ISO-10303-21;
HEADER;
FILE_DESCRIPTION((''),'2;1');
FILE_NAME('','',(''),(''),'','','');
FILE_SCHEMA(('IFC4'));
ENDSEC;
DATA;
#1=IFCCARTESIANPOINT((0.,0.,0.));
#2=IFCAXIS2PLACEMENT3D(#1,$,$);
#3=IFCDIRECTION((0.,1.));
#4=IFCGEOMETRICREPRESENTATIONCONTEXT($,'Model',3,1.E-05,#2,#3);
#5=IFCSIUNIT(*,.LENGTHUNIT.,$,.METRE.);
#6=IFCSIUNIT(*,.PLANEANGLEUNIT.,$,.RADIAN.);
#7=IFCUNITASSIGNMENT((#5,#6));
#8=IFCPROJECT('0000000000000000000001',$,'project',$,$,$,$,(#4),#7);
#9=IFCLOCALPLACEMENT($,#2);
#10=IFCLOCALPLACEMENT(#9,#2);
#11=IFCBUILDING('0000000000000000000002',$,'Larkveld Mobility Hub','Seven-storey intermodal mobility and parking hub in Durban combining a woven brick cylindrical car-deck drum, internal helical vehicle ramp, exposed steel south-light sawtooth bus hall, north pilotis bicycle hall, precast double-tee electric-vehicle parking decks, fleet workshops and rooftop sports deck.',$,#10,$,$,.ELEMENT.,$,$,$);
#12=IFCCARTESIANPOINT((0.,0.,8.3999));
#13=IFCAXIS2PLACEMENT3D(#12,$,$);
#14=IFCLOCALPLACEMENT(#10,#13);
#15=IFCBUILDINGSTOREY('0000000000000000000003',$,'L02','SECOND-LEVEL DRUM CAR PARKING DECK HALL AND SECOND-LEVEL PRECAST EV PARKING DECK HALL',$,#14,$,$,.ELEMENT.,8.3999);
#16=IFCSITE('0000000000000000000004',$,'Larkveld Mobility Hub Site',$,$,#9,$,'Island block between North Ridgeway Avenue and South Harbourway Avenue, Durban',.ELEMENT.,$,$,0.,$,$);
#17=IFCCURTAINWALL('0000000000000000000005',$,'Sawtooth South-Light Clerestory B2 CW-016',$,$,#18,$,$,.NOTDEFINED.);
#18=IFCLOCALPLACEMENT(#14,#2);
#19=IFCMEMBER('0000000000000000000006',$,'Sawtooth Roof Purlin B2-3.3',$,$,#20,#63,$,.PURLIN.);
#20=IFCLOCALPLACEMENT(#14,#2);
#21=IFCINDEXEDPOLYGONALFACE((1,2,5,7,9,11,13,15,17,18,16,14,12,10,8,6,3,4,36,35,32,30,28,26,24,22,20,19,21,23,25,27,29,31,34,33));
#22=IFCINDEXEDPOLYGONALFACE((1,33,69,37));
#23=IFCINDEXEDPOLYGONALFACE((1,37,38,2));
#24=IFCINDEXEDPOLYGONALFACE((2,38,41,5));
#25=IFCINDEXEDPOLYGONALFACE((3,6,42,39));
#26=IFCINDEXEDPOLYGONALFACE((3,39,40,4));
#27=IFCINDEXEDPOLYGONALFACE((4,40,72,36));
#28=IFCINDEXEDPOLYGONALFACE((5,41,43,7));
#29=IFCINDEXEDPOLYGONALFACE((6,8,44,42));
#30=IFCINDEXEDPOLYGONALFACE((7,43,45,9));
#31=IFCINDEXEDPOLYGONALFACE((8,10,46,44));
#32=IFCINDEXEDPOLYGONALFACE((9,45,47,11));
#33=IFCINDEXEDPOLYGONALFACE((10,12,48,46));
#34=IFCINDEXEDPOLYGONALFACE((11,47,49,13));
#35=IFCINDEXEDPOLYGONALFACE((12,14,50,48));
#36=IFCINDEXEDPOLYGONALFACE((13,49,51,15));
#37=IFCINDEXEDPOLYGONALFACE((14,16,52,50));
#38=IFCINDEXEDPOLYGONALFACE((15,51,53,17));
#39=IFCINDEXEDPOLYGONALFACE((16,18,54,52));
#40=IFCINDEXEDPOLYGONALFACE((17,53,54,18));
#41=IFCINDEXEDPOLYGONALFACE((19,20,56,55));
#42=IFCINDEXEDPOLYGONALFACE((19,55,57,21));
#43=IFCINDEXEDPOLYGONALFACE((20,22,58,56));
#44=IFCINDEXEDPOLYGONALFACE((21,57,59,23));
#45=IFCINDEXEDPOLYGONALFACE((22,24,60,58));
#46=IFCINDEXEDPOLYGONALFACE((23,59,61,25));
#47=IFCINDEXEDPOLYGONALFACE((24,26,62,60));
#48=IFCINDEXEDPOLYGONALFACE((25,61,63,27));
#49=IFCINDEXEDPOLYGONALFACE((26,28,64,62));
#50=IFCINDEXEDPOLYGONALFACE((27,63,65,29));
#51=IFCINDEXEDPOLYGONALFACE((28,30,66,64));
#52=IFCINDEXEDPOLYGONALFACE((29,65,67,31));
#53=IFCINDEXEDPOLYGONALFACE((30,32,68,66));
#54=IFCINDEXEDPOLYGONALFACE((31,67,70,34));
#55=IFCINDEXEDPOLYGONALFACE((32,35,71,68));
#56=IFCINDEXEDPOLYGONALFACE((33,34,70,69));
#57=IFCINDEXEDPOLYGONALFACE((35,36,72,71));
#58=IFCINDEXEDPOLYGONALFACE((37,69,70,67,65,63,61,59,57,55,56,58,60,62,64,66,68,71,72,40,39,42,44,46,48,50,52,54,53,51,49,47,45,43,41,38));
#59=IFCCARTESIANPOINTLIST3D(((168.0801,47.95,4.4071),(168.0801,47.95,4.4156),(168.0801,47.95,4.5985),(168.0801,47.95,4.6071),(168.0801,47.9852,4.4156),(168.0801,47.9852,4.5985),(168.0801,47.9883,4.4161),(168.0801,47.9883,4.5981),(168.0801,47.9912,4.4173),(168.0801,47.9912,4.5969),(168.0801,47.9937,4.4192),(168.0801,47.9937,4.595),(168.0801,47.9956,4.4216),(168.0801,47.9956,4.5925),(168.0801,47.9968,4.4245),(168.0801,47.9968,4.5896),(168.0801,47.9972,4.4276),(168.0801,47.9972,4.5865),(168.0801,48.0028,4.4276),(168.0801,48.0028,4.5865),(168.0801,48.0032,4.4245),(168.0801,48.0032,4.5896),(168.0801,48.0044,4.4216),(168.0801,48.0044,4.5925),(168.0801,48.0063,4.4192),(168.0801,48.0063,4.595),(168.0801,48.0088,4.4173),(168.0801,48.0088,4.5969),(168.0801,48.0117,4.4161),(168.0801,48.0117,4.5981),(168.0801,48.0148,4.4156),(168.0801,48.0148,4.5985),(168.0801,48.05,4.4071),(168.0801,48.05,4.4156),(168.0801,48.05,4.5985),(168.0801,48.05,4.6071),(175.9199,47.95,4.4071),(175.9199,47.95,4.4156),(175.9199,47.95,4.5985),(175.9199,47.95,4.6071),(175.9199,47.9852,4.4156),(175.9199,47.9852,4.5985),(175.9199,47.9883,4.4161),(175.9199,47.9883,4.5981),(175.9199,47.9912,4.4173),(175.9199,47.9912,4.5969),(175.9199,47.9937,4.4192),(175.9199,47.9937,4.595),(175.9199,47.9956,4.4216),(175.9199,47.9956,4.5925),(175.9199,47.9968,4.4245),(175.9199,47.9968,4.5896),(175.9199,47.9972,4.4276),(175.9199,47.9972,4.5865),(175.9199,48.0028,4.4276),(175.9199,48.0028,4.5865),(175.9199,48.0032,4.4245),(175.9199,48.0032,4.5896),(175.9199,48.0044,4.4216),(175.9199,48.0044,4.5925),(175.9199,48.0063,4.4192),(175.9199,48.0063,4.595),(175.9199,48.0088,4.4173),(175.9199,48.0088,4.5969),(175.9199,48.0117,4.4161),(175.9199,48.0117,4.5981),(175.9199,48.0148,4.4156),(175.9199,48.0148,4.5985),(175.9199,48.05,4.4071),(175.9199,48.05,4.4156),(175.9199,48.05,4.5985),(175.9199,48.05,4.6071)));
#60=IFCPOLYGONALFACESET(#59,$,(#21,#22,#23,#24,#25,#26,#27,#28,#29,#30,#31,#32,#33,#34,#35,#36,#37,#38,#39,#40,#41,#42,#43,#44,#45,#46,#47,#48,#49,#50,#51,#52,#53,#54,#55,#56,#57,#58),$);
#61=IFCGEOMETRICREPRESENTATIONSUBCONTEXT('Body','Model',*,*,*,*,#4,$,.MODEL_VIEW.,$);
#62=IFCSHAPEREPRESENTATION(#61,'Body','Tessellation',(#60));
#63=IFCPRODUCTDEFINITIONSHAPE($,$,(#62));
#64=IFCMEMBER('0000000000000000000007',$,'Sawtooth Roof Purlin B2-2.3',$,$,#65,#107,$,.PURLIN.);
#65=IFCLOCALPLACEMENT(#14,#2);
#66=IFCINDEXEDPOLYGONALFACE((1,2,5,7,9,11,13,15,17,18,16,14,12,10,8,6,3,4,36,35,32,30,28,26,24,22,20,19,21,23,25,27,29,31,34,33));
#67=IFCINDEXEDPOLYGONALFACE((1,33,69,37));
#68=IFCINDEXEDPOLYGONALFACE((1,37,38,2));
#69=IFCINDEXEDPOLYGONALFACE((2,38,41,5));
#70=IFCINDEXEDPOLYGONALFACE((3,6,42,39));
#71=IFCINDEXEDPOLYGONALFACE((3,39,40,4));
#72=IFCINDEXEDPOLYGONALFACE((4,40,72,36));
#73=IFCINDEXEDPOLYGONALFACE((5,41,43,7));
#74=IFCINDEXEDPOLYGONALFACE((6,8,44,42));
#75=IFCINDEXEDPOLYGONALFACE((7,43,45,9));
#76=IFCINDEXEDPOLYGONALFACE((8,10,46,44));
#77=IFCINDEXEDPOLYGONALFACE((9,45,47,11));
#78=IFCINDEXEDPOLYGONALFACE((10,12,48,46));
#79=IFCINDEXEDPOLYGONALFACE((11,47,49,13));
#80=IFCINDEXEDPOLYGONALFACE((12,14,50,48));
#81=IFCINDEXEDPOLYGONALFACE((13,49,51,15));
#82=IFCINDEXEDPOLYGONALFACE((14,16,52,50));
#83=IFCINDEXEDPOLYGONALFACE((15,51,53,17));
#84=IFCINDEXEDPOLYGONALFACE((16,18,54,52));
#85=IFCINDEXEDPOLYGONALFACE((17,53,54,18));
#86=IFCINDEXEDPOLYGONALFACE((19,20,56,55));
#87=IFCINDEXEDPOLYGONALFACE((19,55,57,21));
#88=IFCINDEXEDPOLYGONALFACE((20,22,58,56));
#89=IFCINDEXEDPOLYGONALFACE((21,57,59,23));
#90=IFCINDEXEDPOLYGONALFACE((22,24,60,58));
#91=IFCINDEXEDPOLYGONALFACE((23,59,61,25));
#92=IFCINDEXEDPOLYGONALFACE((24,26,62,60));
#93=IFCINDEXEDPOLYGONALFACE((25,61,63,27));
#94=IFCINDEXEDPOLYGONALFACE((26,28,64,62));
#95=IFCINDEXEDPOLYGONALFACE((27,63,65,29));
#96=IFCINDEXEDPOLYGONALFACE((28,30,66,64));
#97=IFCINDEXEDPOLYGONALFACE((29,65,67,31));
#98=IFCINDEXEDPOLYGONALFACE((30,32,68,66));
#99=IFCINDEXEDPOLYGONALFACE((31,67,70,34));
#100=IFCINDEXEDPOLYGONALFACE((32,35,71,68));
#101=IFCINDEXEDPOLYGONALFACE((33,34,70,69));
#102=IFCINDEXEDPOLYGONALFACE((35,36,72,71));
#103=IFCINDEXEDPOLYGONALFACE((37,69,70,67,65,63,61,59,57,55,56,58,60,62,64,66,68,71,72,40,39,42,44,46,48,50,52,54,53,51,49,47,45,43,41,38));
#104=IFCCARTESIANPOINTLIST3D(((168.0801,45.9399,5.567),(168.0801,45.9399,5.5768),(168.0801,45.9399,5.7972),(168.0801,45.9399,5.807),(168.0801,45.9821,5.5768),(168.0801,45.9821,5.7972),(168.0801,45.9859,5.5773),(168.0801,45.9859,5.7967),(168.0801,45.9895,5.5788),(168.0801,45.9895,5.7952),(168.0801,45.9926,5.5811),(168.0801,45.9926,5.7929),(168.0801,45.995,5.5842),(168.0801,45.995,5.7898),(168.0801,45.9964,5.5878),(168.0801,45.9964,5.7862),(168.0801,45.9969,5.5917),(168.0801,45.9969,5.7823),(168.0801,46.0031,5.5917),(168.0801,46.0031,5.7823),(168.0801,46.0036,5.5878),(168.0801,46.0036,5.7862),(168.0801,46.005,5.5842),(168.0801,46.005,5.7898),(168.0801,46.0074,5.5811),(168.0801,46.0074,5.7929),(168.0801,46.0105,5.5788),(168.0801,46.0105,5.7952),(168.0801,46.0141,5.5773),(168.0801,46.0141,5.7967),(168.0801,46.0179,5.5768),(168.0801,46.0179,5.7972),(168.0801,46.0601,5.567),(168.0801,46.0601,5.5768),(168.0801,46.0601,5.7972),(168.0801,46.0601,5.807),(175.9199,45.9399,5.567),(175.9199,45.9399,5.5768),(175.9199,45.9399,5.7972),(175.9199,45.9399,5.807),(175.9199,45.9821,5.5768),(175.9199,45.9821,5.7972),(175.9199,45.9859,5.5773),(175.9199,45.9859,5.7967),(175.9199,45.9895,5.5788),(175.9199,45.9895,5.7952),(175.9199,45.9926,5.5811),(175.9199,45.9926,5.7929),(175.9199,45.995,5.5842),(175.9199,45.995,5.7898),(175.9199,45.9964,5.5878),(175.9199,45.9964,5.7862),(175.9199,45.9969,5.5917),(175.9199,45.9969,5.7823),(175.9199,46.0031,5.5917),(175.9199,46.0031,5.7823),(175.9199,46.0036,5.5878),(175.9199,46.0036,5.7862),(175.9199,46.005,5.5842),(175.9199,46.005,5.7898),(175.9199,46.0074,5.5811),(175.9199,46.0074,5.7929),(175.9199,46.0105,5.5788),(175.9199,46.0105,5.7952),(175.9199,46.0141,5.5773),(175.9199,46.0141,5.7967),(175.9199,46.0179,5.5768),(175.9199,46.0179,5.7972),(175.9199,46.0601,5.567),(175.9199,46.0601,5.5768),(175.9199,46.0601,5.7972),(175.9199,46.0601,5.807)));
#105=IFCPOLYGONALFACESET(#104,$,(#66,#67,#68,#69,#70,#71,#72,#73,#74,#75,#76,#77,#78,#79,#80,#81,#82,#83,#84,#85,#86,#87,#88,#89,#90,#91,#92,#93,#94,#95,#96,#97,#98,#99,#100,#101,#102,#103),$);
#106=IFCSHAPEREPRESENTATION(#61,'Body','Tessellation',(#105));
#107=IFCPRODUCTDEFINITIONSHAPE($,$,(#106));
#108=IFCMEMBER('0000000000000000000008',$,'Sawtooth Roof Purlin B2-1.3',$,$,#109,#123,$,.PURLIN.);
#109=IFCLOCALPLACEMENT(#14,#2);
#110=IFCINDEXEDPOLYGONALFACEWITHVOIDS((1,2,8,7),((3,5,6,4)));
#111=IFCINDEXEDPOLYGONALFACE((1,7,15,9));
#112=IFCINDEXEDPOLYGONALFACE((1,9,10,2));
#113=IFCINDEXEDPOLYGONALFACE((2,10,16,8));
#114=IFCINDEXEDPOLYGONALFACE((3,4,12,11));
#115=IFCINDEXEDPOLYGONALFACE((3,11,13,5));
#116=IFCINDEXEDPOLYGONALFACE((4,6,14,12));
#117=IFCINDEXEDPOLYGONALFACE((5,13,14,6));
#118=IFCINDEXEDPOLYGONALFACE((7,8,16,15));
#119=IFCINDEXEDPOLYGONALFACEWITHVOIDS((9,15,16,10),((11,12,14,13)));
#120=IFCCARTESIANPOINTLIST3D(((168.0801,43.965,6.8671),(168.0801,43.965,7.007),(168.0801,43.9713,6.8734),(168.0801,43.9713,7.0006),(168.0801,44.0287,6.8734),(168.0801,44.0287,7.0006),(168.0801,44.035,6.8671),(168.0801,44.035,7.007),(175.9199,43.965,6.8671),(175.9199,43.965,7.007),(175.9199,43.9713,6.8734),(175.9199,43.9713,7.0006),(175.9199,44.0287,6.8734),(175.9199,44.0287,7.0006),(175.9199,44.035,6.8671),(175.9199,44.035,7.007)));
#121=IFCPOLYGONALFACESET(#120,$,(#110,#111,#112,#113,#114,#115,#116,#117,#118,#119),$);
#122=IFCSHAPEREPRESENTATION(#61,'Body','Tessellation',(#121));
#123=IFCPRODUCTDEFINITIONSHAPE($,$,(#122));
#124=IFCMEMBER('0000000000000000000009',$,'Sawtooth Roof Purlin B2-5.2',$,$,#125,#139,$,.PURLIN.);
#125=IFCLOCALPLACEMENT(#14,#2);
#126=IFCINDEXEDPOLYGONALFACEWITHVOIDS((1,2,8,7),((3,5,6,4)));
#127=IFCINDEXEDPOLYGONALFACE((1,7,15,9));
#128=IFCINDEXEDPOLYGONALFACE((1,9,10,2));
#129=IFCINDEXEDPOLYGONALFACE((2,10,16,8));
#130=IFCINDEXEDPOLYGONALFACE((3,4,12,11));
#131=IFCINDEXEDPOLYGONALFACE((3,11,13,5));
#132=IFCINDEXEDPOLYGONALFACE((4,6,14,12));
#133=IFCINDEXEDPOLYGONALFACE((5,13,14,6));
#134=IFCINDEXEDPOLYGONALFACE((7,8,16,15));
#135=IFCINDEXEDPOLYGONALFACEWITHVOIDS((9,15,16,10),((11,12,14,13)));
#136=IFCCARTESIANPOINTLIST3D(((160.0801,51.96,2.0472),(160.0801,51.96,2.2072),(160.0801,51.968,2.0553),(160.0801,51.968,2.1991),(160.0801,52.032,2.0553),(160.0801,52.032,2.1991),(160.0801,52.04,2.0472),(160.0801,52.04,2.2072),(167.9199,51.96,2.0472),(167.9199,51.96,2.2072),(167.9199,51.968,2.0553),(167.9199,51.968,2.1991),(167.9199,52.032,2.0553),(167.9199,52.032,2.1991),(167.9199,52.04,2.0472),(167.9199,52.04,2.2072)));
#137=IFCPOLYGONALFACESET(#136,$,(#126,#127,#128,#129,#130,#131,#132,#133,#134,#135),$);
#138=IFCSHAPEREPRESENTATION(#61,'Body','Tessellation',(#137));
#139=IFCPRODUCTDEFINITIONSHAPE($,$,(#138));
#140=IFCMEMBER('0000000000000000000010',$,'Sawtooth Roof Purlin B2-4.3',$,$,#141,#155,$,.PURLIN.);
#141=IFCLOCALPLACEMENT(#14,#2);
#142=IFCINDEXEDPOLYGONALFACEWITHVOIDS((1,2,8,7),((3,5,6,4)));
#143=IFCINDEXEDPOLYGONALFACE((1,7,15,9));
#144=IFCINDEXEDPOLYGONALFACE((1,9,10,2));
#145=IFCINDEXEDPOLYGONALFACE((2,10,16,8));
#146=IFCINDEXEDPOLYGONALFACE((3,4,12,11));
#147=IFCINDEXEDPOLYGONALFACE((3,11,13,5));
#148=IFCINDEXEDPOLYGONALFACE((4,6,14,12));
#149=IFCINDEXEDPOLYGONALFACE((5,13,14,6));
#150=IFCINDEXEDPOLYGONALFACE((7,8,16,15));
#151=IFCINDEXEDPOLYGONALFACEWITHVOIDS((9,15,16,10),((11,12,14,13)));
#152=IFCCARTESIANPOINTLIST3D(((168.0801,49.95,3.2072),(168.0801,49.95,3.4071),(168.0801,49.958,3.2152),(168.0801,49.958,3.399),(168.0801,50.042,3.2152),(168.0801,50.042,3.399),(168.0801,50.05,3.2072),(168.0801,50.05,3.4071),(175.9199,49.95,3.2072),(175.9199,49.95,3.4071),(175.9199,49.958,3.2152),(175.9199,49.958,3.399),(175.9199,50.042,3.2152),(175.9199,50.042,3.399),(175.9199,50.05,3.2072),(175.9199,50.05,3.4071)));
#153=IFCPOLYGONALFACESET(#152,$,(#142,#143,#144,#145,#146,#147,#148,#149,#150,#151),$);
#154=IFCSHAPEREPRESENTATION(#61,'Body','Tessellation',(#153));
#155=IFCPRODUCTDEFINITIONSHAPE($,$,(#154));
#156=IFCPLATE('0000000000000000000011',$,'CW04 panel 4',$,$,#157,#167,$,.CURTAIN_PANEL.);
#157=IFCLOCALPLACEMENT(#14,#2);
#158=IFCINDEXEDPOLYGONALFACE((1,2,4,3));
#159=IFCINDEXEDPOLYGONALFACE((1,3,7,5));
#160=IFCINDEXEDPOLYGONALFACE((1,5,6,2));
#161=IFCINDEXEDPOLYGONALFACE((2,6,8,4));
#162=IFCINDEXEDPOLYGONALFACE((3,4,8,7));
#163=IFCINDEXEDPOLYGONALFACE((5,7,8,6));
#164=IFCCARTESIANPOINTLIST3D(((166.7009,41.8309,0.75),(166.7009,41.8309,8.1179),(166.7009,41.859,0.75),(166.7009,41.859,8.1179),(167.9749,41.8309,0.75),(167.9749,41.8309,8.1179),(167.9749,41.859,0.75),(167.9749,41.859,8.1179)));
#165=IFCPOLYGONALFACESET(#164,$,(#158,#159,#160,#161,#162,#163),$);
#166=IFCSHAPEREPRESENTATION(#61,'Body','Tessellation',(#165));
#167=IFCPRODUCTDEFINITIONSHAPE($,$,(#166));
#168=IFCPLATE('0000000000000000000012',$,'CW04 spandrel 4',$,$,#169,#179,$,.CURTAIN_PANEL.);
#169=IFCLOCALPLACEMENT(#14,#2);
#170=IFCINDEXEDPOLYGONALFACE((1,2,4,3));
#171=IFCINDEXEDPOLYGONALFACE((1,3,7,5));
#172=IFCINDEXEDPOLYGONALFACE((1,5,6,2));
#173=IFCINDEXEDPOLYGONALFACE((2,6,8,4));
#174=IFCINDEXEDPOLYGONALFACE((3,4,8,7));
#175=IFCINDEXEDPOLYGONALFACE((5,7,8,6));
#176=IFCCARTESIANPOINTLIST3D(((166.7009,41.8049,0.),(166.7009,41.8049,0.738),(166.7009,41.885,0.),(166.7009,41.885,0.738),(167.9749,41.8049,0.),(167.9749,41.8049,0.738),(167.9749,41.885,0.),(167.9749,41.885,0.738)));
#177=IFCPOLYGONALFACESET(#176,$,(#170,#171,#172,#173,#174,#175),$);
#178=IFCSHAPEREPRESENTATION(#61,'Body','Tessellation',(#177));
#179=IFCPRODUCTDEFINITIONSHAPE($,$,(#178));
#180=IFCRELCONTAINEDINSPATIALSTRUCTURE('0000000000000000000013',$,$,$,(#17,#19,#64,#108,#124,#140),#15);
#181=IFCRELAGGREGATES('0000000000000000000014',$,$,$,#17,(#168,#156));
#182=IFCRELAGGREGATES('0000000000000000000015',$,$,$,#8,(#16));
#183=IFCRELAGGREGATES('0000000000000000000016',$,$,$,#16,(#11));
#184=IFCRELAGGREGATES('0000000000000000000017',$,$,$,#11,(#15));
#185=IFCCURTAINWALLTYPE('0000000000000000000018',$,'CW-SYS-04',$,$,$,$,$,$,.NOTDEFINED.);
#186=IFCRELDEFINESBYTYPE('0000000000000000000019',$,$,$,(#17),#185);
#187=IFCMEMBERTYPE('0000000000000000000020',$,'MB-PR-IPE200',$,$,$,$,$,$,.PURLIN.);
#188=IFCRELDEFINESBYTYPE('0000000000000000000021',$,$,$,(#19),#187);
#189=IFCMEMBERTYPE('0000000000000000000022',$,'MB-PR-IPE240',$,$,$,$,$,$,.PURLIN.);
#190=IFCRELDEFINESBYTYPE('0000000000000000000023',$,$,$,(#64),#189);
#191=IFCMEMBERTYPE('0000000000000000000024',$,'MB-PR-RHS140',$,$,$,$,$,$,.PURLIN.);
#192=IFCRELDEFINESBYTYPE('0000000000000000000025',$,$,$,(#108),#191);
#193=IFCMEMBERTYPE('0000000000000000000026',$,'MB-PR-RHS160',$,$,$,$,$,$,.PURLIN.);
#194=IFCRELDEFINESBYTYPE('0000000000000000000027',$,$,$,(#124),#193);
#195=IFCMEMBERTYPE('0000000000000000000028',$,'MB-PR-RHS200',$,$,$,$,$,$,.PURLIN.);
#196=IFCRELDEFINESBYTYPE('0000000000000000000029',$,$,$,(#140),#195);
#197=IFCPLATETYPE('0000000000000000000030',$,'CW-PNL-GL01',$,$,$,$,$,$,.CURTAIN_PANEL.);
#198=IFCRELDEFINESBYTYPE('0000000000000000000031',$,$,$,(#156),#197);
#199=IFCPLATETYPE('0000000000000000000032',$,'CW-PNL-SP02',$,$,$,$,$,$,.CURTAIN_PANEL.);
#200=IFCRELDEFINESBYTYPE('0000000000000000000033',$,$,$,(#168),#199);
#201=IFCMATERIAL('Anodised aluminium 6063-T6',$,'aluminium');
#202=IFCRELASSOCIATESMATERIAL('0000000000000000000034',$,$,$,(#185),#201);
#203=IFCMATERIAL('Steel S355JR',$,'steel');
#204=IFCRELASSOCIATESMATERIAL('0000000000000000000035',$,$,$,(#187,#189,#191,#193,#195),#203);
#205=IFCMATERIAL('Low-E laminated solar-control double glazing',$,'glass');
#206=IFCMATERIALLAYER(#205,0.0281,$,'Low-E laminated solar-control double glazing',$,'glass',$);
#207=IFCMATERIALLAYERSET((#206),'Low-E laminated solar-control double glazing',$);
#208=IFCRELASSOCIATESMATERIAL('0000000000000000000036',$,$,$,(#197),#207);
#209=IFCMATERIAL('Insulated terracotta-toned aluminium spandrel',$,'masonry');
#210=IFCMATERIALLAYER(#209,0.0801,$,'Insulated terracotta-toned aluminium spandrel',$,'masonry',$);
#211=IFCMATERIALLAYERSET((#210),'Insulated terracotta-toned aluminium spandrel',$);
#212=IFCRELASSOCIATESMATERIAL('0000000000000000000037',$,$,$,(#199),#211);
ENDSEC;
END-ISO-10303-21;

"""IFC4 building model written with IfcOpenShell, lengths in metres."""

from ifc_helpers import new_model, si_unit, direction, frame, origin, origin_2d, place, context, subcontext, project, spatial, rectangle, hollow_rectangle, i_section, extrude, material, layer, layer_set, material_profile, profile_set, type_object, element, aggregate, save


model = new_model("IFC4")

# Units and contexts
model_context = context("Model", 3, precision=1e-05, world=origin(), true_north=direction((0.0, 1.0)))
body_context = subcontext(model_context, "Body", "Model", "MODEL_VIEW")
ifc_project = project(units=[si_unit("LENGTHUNIT", "METRE"), si_unit("PLANEANGLEUNIT", "RADIAN")], contexts=[model_context])

# Site, building, storey
site_placement = place(None, origin())
site = spatial("IfcSite", under=ifc_project, at=site_placement, Name="Larkveld Mobility Hub Site", LongName="Island block between North Ridgeway Avenue and South Harbourway Avenue, Durban", CompositionType="ELEMENT", RefElevation=0.0)
building_placement = place(site_placement, origin())
building = spatial("IfcBuilding", under=site, at=building_placement, Name="Larkveld Mobility Hub", Description="Seven-storey intermodal mobility and parking hub in Durban combining a woven brick cylindrical car-deck drum, internal helical vehicle ramp, exposed steel south-light sawtooth bus hall, north pilotis bicycle hall, precast double-tee electric-vehicle parking decks, fleet workshops and rooftop sports deck.", CompositionType="ELEMENT")
storey_placement = place(building_placement, frame((0.0, 0.0, 8.3999)))
storey = spatial("IfcBuildingStorey", under=building, at=storey_placement, Name="L02", Description="SECOND-LEVEL DRUM CAR PARKING DECK HALL AND SECOND-LEVEL PRECAST EV PARKING DECK HALL", CompositionType="ELEMENT", Elevation=8.3999)

# Curtain wall
ifc_material_1 = material(Name="Anodised aluminium 6063-T6", Category="aluminium")
curtain_wall_type_1 = type_object("IfcCurtainWallType", Name="CW-SYS-04", PredefinedType="NOTDEFINED", material=ifc_material_1)
curtain_wall_1_placement = place(storey_placement, origin())
curtain_wall_1 = element("IfcCurtainWall", 1, at=curtain_wall_1_placement, inside=storey, type_object=curtain_wall_type_1, Name="Sawtooth South-Light Clerestory B2 CW-016", PredefinedType="NOTDEFINED")

# Members
ifc_material_2 = material(Name="Steel S355JR", Category="steel")
ifc_material_profile_1 = material_profile(ifc_material_2, i_section(OverallWidth=0.1001, OverallDepth=0.2, WebThickness=0.0056, FlangeThickness=0.0085, FilletRadius=0.012, at=origin_2d()), Name="IPE 200")
ifc_profile_set_1 = profile_set([ifc_material_profile_1], Name="Steel S355JR")
member_type_1 = type_object("IfcMemberType", Name="MB-PR-IPE200", PredefinedType="PURLIN", material=ifc_profile_set_1)
member_1_placement = place(storey_placement, frame((168.0801, 48.0, 4.5071), z_axis=(1.0, 0.0, 0.0), x_axis=(0.0, 1.0, 0.0)))
element("IfcMember", 2, at=member_1_placement, inside=storey, type_object=member_type_1, Name="Sawtooth Roof Purlin B2-3.3", PredefinedType="PURLIN", context=body_context, shape_type="SweptSolid", body=[
    extrude(i_section(OverallWidth=0.1001, OverallDepth=0.2, WebThickness=0.0056, FlangeThickness=0.0085, FilletRadius=0.012, at=origin_2d()), origin(), (0.0, 0.0, 1.0), 7.8398),
])
ifc_material_profile_2 = material_profile(ifc_material_2, i_section(OverallWidth=0.1201, OverallDepth=0.24, WebThickness=0.0061, FlangeThickness=0.0098, FilletRadius=0.0149, at=origin_2d()), Name="IPE 240")
ifc_profile_set_2 = profile_set([ifc_material_profile_2], Name="Steel S355JR")
member_type_2 = type_object("IfcMemberType", Name="MB-PR-IPE240", PredefinedType="PURLIN", material=ifc_profile_set_2)
member_2_placement = place(storey_placement, frame((168.0801, 46.0, 5.687), z_axis=(1.0, 0.0, 0.0), x_axis=(0.0, 1.0, 0.0)))
element("IfcMember", 3, at=member_2_placement, inside=storey, type_object=member_type_2, Name="Sawtooth Roof Purlin B2-2.3", PredefinedType="PURLIN", context=body_context, shape_type="SweptSolid", body=[
    extrude(i_section(OverallWidth=0.1201, OverallDepth=0.24, WebThickness=0.0061, FlangeThickness=0.0098, FilletRadius=0.0149, at=origin_2d()), origin(), (0.0, 0.0, 1.0), 7.8398),
])
ifc_material_profile_3 = material_profile(ifc_material_2, hollow_rectangle(XDim=0.0701, YDim=0.1399, WallThickness=0.0063, at=origin_2d()), Name="RHS 140x70x6.3")
ifc_profile_set_3 = profile_set([ifc_material_profile_3], Name="Steel S355JR")
member_type_3 = type_object("IfcMemberType", Name="MB-PR-RHS140", PredefinedType="PURLIN", material=ifc_profile_set_3)
member_3_placement = place(storey_placement, frame((168.0801, 44.0, 6.937), z_axis=(1.0, 0.0, 0.0), x_axis=(0.0, 1.0, 0.0)))
element("IfcMember", 4, at=member_3_placement, inside=storey, type_object=member_type_3, Name="Sawtooth Roof Purlin B2-1.3", PredefinedType="PURLIN", context=body_context, shape_type="SweptSolid", body=[
    extrude(hollow_rectangle(XDim=0.0701, YDim=0.1399, WallThickness=0.0063, at=origin_2d()), origin(), (0.0, 0.0, 1.0), 7.8398),
])
ifc_material_profile_4 = material_profile(ifc_material_2, hollow_rectangle(XDim=0.0801, YDim=0.1599, WallThickness=0.0081, at=origin_2d()), Name="RHS 160x80x8")
ifc_profile_set_4 = profile_set([ifc_material_profile_4], Name="Steel S355JR")
member_type_4 = type_object("IfcMemberType", Name="MB-PR-RHS160", PredefinedType="PURLIN", material=ifc_profile_set_4)
member_4_placement = place(storey_placement, frame((160.0801, 52.0, 2.1272), z_axis=(1.0, 0.0, 0.0), x_axis=(0.0, 1.0, 0.0)))
element("IfcMember", 5, at=member_4_placement, inside=storey, type_object=member_type_4, Name="Sawtooth Roof Purlin B2-5.2", PredefinedType="PURLIN", context=body_context, shape_type="SweptSolid", body=[
    extrude(hollow_rectangle(XDim=0.0801, YDim=0.1599, WallThickness=0.0081, at=origin_2d()), origin(), (0.0, 0.0, 1.0), 7.8398),
])
ifc_material_profile_5 = material_profile(ifc_material_2, hollow_rectangle(XDim=0.1001, YDim=0.2, WallThickness=0.0081, at=origin_2d()), Name="RHS 200x100x8")
ifc_profile_set_5 = profile_set([ifc_material_profile_5], Name="Steel S355JR")
member_type_5 = type_object("IfcMemberType", Name="MB-PR-RHS200", PredefinedType="PURLIN", material=ifc_profile_set_5)
member_5_placement = place(storey_placement, frame((168.0801, 50.0, 3.3071), z_axis=(1.0, 0.0, 0.0), x_axis=(0.0, 1.0, 0.0)))
element("IfcMember", 6, at=member_5_placement, inside=storey, type_object=member_type_5, Name="Sawtooth Roof Purlin B2-4.3", PredefinedType="PURLIN", context=body_context, shape_type="SweptSolid", body=[
    extrude(hollow_rectangle(XDim=0.1001, YDim=0.2, WallThickness=0.0081, at=origin_2d()), origin(), (0.0, 0.0, 1.0), 7.8398),
])

# Plates
ifc_material_3 = material(Name="Low-E laminated solar-control double glazing", Category="glass")
ifc_layer_1 = layer(ifc_material_3, 0.0281, Name="Low-E laminated solar-control double glazing", Category="glass")
ifc_layer_set_1 = layer_set([ifc_layer_1], Name="Low-E laminated solar-control double glazing")
plate_type_1 = type_object("IfcPlateType", Name="CW-PNL-GL01", PredefinedType="CURTAIN_PANEL", material=ifc_layer_set_1)
plate_1_placement = place(storey_placement, frame((167.3379, 41.845, 0.75), z_axis=(0.0, 0.0, 1.0), x_axis=(1.0, 0.0, 0.0)))
plate_1 = element("IfcPlate", 7, at=plate_1_placement, type_object=plate_type_1, Name="CW04 panel 4", PredefinedType="CURTAIN_PANEL", context=body_context, shape_type="SweptSolid", body=[
    extrude(rectangle(XDim=1.2739, YDim=0.0281, at=origin_2d()), origin(), (0.0, 0.0, 1.0), 7.3679),
])
ifc_material_4 = material(Name="Insulated terracotta-toned aluminium spandrel", Category="masonry")
ifc_layer_2 = layer(ifc_material_4, 0.0801, Name="Insulated terracotta-toned aluminium spandrel", Category="masonry")
ifc_layer_set_2 = layer_set([ifc_layer_2], Name="Insulated terracotta-toned aluminium spandrel")
plate_type_2 = type_object("IfcPlateType", Name="CW-PNL-SP02", PredefinedType="CURTAIN_PANEL", material=ifc_layer_set_2)
plate_2_placement = place(storey_placement, frame((167.3379, 41.845, 0.0), z_axis=(0.0, 0.0, 1.0), x_axis=(1.0, 0.0, 0.0)))
plate_2 = element("IfcPlate", 8, at=plate_2_placement, type_object=plate_type_2, Name="CW04 spandrel 4", PredefinedType="CURTAIN_PANEL", context=body_context, shape_type="SweptSolid", body=[
    extrude(rectangle(XDim=1.2739, YDim=0.0801, at=origin_2d()), origin(), (0.0, 0.0, 1.0), 0.738),
])
aggregate(curtain_wall_1, [plate_2, plate_1])

save(model, "model.ifc")
